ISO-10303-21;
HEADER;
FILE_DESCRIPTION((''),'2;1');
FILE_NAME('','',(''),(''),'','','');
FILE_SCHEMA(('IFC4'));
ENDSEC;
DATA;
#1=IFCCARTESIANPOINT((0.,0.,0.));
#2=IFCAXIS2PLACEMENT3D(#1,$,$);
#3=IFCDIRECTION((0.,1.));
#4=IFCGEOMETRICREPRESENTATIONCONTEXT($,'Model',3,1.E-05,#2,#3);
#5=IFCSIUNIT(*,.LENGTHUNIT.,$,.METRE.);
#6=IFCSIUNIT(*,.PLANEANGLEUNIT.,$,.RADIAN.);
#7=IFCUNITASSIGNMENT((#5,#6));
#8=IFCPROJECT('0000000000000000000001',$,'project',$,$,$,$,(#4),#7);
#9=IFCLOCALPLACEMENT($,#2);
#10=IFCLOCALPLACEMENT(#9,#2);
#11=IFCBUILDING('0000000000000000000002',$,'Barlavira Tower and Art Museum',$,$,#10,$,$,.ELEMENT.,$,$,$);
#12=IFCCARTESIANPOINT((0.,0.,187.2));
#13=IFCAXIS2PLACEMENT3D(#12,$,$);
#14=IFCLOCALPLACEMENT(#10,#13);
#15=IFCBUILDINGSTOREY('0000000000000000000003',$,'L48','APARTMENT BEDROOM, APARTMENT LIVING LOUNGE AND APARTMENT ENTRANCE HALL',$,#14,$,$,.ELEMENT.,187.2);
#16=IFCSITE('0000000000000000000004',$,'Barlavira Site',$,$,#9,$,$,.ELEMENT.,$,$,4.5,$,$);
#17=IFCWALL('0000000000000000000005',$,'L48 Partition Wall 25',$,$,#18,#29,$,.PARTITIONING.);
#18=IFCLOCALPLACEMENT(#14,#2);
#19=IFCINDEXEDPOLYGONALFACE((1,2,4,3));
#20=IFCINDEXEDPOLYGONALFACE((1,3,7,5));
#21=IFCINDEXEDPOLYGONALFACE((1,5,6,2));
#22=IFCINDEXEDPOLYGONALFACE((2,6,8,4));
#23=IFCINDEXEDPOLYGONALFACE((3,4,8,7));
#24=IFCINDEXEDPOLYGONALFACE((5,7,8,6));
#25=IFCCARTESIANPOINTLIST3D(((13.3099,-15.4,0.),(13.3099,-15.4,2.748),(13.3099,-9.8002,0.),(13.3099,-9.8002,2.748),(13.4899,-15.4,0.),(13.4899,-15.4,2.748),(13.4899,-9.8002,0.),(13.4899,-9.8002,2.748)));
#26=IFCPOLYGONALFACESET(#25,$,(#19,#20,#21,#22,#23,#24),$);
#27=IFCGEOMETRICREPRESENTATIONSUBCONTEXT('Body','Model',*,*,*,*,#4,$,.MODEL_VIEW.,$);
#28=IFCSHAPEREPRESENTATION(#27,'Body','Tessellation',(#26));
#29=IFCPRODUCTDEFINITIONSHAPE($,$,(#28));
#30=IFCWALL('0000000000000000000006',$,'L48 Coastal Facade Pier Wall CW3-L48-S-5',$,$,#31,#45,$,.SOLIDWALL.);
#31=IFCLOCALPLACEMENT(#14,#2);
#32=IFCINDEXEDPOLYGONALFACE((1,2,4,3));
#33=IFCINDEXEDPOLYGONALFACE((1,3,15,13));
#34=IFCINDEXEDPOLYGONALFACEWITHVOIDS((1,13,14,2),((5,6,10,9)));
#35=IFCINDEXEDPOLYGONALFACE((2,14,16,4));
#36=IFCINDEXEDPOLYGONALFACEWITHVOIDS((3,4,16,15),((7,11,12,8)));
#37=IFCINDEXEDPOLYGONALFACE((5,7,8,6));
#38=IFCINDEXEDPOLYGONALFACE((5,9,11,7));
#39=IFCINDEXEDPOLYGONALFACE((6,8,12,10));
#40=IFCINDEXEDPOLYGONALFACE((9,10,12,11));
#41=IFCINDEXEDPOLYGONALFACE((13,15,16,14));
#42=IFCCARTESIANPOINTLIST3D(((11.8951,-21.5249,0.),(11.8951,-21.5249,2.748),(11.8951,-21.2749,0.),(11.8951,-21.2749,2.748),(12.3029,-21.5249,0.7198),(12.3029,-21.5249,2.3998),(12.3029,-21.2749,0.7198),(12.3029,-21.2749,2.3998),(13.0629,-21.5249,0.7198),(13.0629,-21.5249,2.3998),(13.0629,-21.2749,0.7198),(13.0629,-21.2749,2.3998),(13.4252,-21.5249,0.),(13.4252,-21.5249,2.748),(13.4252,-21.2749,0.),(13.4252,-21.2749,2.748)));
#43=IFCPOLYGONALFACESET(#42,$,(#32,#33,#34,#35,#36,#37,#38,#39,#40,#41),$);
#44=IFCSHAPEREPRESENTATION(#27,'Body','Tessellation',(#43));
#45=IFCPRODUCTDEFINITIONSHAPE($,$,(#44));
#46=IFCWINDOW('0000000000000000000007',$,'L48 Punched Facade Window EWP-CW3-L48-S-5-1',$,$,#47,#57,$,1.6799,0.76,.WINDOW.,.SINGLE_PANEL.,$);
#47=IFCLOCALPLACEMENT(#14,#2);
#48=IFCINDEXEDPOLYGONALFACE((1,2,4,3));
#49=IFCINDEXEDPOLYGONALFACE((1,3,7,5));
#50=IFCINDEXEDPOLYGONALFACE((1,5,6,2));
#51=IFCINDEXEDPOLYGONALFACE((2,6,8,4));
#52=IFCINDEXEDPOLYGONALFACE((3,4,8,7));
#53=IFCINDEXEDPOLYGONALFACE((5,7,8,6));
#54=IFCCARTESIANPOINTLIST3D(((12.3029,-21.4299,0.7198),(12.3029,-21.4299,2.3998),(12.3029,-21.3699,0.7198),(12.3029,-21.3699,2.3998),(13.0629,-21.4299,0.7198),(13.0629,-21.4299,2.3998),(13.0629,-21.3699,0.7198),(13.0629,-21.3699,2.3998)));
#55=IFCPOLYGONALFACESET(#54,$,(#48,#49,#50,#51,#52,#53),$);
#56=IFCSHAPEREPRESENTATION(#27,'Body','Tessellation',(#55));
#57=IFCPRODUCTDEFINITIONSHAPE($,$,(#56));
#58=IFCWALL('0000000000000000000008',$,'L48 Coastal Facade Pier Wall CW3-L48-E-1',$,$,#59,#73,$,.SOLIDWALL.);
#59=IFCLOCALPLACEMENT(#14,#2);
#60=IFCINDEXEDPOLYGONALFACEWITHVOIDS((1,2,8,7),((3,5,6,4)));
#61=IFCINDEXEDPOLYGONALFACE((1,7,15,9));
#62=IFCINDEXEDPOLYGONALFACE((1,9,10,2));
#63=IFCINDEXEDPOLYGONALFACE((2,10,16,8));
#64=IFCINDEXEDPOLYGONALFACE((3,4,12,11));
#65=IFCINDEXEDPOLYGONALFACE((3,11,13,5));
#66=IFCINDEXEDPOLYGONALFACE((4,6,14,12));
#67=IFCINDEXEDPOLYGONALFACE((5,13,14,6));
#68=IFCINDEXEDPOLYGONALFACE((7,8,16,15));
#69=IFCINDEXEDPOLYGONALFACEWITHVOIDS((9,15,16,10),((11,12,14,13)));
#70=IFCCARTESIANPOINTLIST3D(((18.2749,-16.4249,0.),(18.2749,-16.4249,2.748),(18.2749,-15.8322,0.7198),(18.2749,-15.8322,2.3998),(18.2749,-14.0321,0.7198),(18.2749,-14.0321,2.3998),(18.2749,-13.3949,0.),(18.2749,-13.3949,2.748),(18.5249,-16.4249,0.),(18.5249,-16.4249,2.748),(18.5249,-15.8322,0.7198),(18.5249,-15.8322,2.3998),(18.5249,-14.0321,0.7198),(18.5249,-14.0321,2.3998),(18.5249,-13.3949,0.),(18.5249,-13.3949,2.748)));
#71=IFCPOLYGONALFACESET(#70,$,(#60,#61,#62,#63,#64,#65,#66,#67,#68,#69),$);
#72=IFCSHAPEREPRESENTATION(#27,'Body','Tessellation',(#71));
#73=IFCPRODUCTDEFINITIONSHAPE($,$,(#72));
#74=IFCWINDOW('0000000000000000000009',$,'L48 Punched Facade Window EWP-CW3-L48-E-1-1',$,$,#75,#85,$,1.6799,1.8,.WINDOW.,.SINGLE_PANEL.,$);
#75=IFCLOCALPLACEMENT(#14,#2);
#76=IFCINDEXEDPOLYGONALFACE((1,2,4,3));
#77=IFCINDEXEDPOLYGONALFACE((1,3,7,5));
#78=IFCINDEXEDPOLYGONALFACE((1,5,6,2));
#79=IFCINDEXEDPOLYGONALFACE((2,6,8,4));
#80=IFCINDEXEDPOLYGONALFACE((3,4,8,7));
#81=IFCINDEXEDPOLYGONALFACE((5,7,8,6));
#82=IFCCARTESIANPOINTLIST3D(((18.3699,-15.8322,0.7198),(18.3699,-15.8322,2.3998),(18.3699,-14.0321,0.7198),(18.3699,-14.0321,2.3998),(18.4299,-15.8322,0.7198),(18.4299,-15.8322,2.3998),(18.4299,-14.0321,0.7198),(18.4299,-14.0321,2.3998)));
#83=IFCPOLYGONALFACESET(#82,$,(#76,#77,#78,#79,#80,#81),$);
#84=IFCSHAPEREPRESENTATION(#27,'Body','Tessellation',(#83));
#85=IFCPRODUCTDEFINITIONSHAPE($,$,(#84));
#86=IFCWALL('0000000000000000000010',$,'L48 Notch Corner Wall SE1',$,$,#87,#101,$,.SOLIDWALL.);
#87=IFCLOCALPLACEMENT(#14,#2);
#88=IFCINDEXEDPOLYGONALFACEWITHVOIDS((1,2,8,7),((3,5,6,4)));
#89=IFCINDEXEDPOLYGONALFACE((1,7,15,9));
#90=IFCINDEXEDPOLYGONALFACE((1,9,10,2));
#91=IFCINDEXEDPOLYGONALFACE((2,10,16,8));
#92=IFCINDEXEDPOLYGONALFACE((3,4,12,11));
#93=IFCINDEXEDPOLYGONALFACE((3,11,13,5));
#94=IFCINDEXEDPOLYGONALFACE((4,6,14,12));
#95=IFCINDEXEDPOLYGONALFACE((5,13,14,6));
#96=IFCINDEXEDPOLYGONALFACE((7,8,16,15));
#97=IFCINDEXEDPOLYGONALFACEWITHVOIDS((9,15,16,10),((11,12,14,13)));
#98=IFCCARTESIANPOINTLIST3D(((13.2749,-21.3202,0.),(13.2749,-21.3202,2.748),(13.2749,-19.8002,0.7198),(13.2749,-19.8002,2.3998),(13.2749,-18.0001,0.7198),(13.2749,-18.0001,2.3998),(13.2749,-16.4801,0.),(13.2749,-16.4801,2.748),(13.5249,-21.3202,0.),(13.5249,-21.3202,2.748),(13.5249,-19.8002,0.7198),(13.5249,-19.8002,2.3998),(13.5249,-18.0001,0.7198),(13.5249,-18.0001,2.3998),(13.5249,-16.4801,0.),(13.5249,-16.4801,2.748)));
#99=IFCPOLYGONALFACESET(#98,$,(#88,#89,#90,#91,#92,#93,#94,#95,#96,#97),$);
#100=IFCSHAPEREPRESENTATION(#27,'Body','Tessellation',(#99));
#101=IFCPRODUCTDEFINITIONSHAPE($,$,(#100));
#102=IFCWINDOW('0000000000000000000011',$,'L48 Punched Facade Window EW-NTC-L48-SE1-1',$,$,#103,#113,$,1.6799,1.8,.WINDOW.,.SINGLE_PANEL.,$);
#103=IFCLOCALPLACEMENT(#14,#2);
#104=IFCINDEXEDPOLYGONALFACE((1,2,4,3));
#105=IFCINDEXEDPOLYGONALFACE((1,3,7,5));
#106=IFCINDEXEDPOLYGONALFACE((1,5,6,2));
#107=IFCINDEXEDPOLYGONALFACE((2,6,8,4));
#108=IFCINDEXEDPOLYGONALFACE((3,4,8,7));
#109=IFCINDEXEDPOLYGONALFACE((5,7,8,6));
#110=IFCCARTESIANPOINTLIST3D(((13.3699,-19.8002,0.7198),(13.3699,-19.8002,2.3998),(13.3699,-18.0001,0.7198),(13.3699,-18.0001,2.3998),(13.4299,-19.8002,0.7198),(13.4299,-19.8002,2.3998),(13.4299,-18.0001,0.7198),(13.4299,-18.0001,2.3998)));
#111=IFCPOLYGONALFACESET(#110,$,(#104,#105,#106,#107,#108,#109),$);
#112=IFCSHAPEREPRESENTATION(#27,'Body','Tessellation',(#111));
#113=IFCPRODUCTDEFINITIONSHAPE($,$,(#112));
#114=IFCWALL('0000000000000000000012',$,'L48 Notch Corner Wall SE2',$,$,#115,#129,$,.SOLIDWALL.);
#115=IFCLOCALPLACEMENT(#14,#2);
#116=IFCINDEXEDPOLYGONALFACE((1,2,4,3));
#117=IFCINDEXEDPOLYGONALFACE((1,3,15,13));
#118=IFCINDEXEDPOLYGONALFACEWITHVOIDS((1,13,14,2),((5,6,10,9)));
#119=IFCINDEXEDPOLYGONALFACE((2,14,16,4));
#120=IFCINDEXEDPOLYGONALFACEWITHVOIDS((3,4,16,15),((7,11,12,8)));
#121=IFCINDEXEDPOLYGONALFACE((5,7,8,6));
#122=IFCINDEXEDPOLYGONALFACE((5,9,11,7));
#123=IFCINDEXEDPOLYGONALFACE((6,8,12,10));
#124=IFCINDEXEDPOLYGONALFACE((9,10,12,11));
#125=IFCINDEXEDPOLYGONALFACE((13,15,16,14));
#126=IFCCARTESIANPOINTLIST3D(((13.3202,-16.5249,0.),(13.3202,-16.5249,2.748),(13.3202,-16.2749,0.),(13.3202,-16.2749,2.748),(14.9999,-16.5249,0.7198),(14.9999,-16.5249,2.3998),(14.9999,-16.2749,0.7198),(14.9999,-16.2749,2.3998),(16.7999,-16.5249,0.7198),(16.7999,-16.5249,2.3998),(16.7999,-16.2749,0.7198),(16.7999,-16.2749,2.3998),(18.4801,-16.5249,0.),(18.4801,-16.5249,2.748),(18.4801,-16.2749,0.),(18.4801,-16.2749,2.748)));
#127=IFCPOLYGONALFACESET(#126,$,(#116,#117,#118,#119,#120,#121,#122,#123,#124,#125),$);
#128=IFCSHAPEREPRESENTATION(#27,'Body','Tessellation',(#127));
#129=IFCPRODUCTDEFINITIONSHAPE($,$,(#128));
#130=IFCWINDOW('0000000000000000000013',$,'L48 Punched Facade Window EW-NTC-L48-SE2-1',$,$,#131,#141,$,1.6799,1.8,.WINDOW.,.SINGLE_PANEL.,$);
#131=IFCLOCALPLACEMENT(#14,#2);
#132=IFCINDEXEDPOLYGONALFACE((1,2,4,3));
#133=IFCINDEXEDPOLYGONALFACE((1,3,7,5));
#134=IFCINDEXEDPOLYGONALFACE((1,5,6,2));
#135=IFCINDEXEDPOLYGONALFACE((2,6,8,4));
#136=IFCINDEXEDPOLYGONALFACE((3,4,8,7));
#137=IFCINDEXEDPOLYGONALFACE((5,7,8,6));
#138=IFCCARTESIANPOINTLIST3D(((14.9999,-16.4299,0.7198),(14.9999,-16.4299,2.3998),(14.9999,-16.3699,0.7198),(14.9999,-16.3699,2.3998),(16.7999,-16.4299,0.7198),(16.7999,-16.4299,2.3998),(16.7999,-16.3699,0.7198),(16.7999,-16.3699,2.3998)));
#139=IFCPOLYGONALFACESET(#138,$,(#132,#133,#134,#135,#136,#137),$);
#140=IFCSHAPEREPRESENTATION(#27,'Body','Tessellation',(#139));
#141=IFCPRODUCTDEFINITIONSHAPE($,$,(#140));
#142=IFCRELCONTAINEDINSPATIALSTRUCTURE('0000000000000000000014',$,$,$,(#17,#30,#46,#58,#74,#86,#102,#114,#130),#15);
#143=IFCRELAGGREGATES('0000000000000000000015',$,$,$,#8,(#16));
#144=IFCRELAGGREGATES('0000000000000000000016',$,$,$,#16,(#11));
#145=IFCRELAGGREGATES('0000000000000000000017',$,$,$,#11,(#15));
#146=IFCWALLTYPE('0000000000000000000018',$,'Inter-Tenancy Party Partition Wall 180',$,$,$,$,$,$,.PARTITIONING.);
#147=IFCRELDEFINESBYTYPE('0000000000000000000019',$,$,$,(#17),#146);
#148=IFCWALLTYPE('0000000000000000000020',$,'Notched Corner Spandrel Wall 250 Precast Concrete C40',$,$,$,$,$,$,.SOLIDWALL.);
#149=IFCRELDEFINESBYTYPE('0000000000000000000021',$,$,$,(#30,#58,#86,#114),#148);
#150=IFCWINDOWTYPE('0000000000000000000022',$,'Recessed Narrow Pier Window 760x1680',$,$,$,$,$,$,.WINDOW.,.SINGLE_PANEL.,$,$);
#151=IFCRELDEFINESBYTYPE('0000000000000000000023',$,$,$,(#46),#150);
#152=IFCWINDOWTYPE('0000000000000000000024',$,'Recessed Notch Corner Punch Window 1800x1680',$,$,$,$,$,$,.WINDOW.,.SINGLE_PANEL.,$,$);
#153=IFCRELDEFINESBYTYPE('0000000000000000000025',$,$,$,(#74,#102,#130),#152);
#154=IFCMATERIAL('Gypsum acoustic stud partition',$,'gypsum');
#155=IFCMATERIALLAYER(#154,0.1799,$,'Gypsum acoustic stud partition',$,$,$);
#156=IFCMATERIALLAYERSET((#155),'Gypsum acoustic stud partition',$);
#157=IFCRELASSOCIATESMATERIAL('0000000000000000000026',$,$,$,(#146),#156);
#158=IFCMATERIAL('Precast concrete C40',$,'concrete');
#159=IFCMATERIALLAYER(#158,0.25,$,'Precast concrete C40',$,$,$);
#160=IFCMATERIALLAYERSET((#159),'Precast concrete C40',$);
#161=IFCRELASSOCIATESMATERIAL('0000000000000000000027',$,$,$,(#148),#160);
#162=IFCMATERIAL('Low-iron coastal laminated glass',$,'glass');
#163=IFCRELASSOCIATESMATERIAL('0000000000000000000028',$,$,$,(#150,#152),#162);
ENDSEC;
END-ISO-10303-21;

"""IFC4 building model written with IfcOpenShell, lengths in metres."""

from ifc_helpers import new_model, si_unit, direction, frame, frame_2d, origin, place, context, subcontext, project, spatial, rectangle, extrude, material, layer, layer_set, type_object, element, fill, save


model = new_model("IFC4")

# Units and contexts
model_context = context("Model", 3, precision=1e-05, world=origin(), true_north=direction((0.0, 1.0)))
body_context = subcontext(model_context, "Body", "Model", "MODEL_VIEW")
ifc_project = project(units=[si_unit("LENGTHUNIT", "METRE"), si_unit("PLANEANGLEUNIT", "RADIAN")], contexts=[model_context])

# Site, building, storey
site_placement = place(None, origin())
site = spatial("IfcSite", under=ifc_project, at=site_placement, Name="Barlavira Site", CompositionType="ELEMENT", RefElevation=4.5)
building_placement = place(site_placement, origin())
building = spatial("IfcBuilding", under=site, at=building_placement, Name="Barlavira Tower and Art Museum", CompositionType="ELEMENT")
storey_placement = place(building_placement, frame((0.0, 0.0, 187.2)))
storey = spatial("IfcBuildingStorey", under=building, at=storey_placement, Name="L48", Description="APARTMENT BEDROOM, APARTMENT LIVING LOUNGE AND APARTMENT ENTRANCE HALL", CompositionType="ELEMENT", Elevation=187.2)

# Wall
ifc_material_1 = material(Name="Gypsum acoustic stud partition", Category="gypsum")
ifc_layer_1 = layer(ifc_material_1, 0.1799, Name="Gypsum acoustic stud partition")
ifc_layer_set_1 = layer_set([ifc_layer_1], Name="Gypsum acoustic stud partition")
wall_type_1 = type_object("IfcWallType", Name="Inter-Tenancy Party Partition Wall 180", PredefinedType="PARTITIONING", material=ifc_layer_set_1)
wall_1_placement = place(storey_placement, frame((13.3999, -15.3999, 0.0), z_axis=(0.0, 0.0, 1.0), x_axis=(0.0, 1.0, 0.0)))
element("IfcWall", 1, at=wall_1_placement, inside=storey, type_object=wall_type_1, Name="L48 Partition Wall 25", PredefinedType="PARTITIONING", context=body_context, shape_type="SweptSolid", body=[
    extrude(rectangle(XDim=5.5999, YDim=0.1799, at=frame_2d((2.7998, 0.0))), origin(), (0.0, 0.0, 1.0), 2.748),
])

# Walls, openings, windows
ifc_material_2 = material(Name="Precast concrete C40", Category="concrete")
ifc_layer_2 = layer(ifc_material_2, 0.25, Name="Precast concrete C40")
ifc_layer_set_2 = layer_set([ifc_layer_2], Name="Precast concrete C40")
wall_type_2 = type_object("IfcWallType", Name="Notched Corner Spandrel Wall 250 Precast Concrete C40", PredefinedType="SOLIDWALL", material=ifc_layer_set_2)
wall_2_placement = place(storey_placement, frame((11.895, -21.3999, 0.0), z_axis=(0.0, 0.0, 1.0), x_axis=(1.0, 0.0, 0.0)))
wall_2 = element("IfcWall", 2, at=wall_2_placement, inside=storey, type_object=wall_type_2, Name="L48 Coastal Facade Pier Wall CW3-L48-S-5", PredefinedType="SOLIDWALL", context=body_context, shape_type="SweptSolid", body=[
    extrude(rectangle(XDim=1.53, YDim=0.25, at=frame_2d((0.7651, 0.0))), origin(), (0.0, 0.0, 1.0), 2.748),
])
opening_1_placement = place(wall_2_placement, frame((0.408, 0.0, 0.72)))
opening_1 = element("IfcOpeningElement", 3, at=opening_1_placement, cuts=wall_2, PredefinedType="OPENING", context=body_context, shape_type="SweptSolid", body=[
    extrude(rectangle(XDim=0.76, YDim=1.6799, at=frame_2d((0.3799, 0.8398))), frame((0.0, 0.135, 0.0), z_axis=(0.0, -1.0, 0.0), x_axis=(1.0, 0.0, 0.0)), (0.0, 0.0, 1.0), 0.27),
])
ifc_material_3 = material(Name="Low-iron coastal laminated glass", Category="glass")
window_type_1 = type_object("IfcWindowType", Name="Recessed Narrow Pier Window 760x1680", PartitioningType="SINGLE_PANEL", PredefinedType="WINDOW", material=ifc_material_3)
window_1_placement = place(opening_1_placement, origin())
window_1 = element("IfcWindow", 4, at=window_1_placement, inside=storey, type_object=window_type_1, Name="L48 Punched Facade Window EWP-CW3-L48-S-5-1", OverallHeight=1.6799, OverallWidth=0.76, PartitioningType="SINGLE_PANEL", PredefinedType="WINDOW", context=body_context, shape_type="SweptSolid", body=[
    extrude(rectangle(XDim=0.76, YDim=1.6799, at=frame_2d((0.3799, 0.8398))), frame((0.0, 0.03, 0.0), z_axis=(0.0, -1.0, 0.0), x_axis=(1.0, 0.0, 0.0)), (0.0, 0.0, 1.0), 0.0601),
])
fill(opening_1, window_1)
wall_3_placement = place(storey_placement, frame((18.3999, -16.425, 0.0), z_axis=(0.0, 0.0, 1.0), x_axis=(0.0, 1.0, 0.0)))
wall_3 = element("IfcWall", 5, at=wall_3_placement, inside=storey, type_object=wall_type_2, Name="L48 Coastal Facade Pier Wall CW3-L48-E-1", PredefinedType="SOLIDWALL", context=body_context, shape_type="SweptSolid", body=[
    extrude(rectangle(XDim=3.03, YDim=0.25, at=frame_2d((1.5151, 0.0))), origin(), (0.0, 0.0, 1.0), 2.748),
])
opening_2_placement = place(wall_3_placement, frame((0.593, 0.0, 0.72)))
opening_2 = element("IfcOpeningElement", 6, at=opening_2_placement, cuts=wall_3, PredefinedType="OPENING", context=body_context, shape_type="SweptSolid", body=[
    extrude(rectangle(XDim=1.8, YDim=1.6799, at=frame_2d((0.8999, 0.8398))), frame((0.0, 0.135, 0.0), z_axis=(0.0, -1.0, 0.0), x_axis=(1.0, 0.0, 0.0)), (0.0, 0.0, 1.0), 0.27),
])
window_type_2 = type_object("IfcWindowType", Name="Recessed Notch Corner Punch Window 1800x1680", PartitioningType="SINGLE_PANEL", PredefinedType="WINDOW", material=ifc_material_3)
window_2_placement = place(opening_2_placement, origin())
window_2 = element("IfcWindow", 7, at=window_2_placement, inside=storey, type_object=window_type_2, Name="L48 Punched Facade Window EWP-CW3-L48-E-1-1", OverallHeight=1.6799, OverallWidth=1.8, PartitioningType="SINGLE_PANEL", PredefinedType="WINDOW", context=body_context, shape_type="SweptSolid", body=[
    extrude(rectangle(XDim=1.8, YDim=1.6799, at=frame_2d((0.8999, 0.8398))), frame((0.0, 0.03, 0.0), z_axis=(0.0, -1.0, 0.0), x_axis=(1.0, 0.0, 0.0)), (0.0, 0.0, 1.0), 0.0601),
])
fill(opening_2, window_2)
wall_4_placement = place(storey_placement, frame((13.3999, -21.3201, 0.0), z_axis=(0.0, 0.0, 1.0), x_axis=(0.0, 1.0, 0.0)))
wall_4 = element("IfcWall", 8, at=wall_4_placement, inside=storey, type_object=wall_type_2, Name="L48 Notch Corner Wall SE1", PredefinedType="SOLIDWALL", context=body_context, shape_type="SweptSolid", body=[
    extrude(rectangle(XDim=4.8401, YDim=0.25, at=frame_2d((2.4199, 0.0))), origin(), (0.0, 0.0, 1.0), 2.748),
])
opening_3_placement = place(wall_4_placement, frame((1.52, 0.0, 0.72)))
opening_3 = element("IfcOpeningElement", 9, at=opening_3_placement, cuts=wall_4, PredefinedType="OPENING", context=body_context, shape_type="SweptSolid", body=[
    extrude(rectangle(XDim=1.8, YDim=1.6799, at=frame_2d((0.8999, 0.8398))), frame((0.0, 0.135, 0.0), z_axis=(0.0, -1.0, 0.0), x_axis=(1.0, 0.0, 0.0)), (0.0, 0.0, 1.0), 0.27),
])
window_3_placement = place(opening_3_placement, origin())
window_3 = element("IfcWindow", 10, at=window_3_placement, inside=storey, type_object=window_type_2, Name="L48 Punched Facade Window EW-NTC-L48-SE1-1", OverallHeight=1.6799, OverallWidth=1.8, PartitioningType="SINGLE_PANEL", PredefinedType="WINDOW", context=body_context, shape_type="SweptSolid", body=[
    extrude(rectangle(XDim=1.8, YDim=1.6799, at=frame_2d((0.8999, 0.8398))), frame((0.0, 0.03, 0.0), z_axis=(0.0, -1.0, 0.0), x_axis=(1.0, 0.0, 0.0)), (0.0, 0.0, 1.0), 0.0601),
])
fill(opening_3, window_3)
wall_5_placement = place(storey_placement, frame((13.3201, -16.3999, 0.0), z_axis=(0.0, 0.0, 1.0), x_axis=(1.0, 0.0, 0.0)))
wall_5 = element("IfcWall", 11, at=wall_5_placement, inside=storey, type_object=wall_type_2, Name="L48 Notch Corner Wall SE2", PredefinedType="SOLIDWALL", context=body_context, shape_type="SweptSolid", body=[
    extrude(rectangle(XDim=5.1599, YDim=0.25, at=frame_2d((2.5801, 0.0))), origin(), (0.0, 0.0, 1.0), 2.748),
])
opening_4_placement = place(wall_5_placement, frame((1.6799, 0.0, 0.72)))
opening_4 = element("IfcOpeningElement", 12, at=opening_4_placement, cuts=wall_5, PredefinedType="OPENING", context=body_context, shape_type="SweptSolid", body=[
    extrude(rectangle(XDim=1.8, YDim=1.6799, at=frame_2d((0.8999, 0.8398))), frame((0.0, 0.135, 0.0), z_axis=(0.0, -1.0, 0.0), x_axis=(1.0, 0.0, 0.0)), (0.0, 0.0, 1.0), 0.27),
])
window_4_placement = place(opening_4_placement, origin())
window_4 = element("IfcWindow", 13, at=window_4_placement, inside=storey, type_object=window_type_2, Name="L48 Punched Facade Window EW-NTC-L48-SE2-1", OverallHeight=1.6799, OverallWidth=1.8, PartitioningType="SINGLE_PANEL", PredefinedType="WINDOW", context=body_context, shape_type="SweptSolid", body=[
    extrude(rectangle(XDim=1.8, YDim=1.6799, at=frame_2d((0.8999, 0.8398))), frame((0.0, 0.03, 0.0), z_axis=(0.0, -1.0, 0.0), x_axis=(1.0, 0.0, 0.0)), (0.0, 0.0, 1.0), 0.0601),
])
fill(opening_4, window_4)

save(model, "model.ifc")
